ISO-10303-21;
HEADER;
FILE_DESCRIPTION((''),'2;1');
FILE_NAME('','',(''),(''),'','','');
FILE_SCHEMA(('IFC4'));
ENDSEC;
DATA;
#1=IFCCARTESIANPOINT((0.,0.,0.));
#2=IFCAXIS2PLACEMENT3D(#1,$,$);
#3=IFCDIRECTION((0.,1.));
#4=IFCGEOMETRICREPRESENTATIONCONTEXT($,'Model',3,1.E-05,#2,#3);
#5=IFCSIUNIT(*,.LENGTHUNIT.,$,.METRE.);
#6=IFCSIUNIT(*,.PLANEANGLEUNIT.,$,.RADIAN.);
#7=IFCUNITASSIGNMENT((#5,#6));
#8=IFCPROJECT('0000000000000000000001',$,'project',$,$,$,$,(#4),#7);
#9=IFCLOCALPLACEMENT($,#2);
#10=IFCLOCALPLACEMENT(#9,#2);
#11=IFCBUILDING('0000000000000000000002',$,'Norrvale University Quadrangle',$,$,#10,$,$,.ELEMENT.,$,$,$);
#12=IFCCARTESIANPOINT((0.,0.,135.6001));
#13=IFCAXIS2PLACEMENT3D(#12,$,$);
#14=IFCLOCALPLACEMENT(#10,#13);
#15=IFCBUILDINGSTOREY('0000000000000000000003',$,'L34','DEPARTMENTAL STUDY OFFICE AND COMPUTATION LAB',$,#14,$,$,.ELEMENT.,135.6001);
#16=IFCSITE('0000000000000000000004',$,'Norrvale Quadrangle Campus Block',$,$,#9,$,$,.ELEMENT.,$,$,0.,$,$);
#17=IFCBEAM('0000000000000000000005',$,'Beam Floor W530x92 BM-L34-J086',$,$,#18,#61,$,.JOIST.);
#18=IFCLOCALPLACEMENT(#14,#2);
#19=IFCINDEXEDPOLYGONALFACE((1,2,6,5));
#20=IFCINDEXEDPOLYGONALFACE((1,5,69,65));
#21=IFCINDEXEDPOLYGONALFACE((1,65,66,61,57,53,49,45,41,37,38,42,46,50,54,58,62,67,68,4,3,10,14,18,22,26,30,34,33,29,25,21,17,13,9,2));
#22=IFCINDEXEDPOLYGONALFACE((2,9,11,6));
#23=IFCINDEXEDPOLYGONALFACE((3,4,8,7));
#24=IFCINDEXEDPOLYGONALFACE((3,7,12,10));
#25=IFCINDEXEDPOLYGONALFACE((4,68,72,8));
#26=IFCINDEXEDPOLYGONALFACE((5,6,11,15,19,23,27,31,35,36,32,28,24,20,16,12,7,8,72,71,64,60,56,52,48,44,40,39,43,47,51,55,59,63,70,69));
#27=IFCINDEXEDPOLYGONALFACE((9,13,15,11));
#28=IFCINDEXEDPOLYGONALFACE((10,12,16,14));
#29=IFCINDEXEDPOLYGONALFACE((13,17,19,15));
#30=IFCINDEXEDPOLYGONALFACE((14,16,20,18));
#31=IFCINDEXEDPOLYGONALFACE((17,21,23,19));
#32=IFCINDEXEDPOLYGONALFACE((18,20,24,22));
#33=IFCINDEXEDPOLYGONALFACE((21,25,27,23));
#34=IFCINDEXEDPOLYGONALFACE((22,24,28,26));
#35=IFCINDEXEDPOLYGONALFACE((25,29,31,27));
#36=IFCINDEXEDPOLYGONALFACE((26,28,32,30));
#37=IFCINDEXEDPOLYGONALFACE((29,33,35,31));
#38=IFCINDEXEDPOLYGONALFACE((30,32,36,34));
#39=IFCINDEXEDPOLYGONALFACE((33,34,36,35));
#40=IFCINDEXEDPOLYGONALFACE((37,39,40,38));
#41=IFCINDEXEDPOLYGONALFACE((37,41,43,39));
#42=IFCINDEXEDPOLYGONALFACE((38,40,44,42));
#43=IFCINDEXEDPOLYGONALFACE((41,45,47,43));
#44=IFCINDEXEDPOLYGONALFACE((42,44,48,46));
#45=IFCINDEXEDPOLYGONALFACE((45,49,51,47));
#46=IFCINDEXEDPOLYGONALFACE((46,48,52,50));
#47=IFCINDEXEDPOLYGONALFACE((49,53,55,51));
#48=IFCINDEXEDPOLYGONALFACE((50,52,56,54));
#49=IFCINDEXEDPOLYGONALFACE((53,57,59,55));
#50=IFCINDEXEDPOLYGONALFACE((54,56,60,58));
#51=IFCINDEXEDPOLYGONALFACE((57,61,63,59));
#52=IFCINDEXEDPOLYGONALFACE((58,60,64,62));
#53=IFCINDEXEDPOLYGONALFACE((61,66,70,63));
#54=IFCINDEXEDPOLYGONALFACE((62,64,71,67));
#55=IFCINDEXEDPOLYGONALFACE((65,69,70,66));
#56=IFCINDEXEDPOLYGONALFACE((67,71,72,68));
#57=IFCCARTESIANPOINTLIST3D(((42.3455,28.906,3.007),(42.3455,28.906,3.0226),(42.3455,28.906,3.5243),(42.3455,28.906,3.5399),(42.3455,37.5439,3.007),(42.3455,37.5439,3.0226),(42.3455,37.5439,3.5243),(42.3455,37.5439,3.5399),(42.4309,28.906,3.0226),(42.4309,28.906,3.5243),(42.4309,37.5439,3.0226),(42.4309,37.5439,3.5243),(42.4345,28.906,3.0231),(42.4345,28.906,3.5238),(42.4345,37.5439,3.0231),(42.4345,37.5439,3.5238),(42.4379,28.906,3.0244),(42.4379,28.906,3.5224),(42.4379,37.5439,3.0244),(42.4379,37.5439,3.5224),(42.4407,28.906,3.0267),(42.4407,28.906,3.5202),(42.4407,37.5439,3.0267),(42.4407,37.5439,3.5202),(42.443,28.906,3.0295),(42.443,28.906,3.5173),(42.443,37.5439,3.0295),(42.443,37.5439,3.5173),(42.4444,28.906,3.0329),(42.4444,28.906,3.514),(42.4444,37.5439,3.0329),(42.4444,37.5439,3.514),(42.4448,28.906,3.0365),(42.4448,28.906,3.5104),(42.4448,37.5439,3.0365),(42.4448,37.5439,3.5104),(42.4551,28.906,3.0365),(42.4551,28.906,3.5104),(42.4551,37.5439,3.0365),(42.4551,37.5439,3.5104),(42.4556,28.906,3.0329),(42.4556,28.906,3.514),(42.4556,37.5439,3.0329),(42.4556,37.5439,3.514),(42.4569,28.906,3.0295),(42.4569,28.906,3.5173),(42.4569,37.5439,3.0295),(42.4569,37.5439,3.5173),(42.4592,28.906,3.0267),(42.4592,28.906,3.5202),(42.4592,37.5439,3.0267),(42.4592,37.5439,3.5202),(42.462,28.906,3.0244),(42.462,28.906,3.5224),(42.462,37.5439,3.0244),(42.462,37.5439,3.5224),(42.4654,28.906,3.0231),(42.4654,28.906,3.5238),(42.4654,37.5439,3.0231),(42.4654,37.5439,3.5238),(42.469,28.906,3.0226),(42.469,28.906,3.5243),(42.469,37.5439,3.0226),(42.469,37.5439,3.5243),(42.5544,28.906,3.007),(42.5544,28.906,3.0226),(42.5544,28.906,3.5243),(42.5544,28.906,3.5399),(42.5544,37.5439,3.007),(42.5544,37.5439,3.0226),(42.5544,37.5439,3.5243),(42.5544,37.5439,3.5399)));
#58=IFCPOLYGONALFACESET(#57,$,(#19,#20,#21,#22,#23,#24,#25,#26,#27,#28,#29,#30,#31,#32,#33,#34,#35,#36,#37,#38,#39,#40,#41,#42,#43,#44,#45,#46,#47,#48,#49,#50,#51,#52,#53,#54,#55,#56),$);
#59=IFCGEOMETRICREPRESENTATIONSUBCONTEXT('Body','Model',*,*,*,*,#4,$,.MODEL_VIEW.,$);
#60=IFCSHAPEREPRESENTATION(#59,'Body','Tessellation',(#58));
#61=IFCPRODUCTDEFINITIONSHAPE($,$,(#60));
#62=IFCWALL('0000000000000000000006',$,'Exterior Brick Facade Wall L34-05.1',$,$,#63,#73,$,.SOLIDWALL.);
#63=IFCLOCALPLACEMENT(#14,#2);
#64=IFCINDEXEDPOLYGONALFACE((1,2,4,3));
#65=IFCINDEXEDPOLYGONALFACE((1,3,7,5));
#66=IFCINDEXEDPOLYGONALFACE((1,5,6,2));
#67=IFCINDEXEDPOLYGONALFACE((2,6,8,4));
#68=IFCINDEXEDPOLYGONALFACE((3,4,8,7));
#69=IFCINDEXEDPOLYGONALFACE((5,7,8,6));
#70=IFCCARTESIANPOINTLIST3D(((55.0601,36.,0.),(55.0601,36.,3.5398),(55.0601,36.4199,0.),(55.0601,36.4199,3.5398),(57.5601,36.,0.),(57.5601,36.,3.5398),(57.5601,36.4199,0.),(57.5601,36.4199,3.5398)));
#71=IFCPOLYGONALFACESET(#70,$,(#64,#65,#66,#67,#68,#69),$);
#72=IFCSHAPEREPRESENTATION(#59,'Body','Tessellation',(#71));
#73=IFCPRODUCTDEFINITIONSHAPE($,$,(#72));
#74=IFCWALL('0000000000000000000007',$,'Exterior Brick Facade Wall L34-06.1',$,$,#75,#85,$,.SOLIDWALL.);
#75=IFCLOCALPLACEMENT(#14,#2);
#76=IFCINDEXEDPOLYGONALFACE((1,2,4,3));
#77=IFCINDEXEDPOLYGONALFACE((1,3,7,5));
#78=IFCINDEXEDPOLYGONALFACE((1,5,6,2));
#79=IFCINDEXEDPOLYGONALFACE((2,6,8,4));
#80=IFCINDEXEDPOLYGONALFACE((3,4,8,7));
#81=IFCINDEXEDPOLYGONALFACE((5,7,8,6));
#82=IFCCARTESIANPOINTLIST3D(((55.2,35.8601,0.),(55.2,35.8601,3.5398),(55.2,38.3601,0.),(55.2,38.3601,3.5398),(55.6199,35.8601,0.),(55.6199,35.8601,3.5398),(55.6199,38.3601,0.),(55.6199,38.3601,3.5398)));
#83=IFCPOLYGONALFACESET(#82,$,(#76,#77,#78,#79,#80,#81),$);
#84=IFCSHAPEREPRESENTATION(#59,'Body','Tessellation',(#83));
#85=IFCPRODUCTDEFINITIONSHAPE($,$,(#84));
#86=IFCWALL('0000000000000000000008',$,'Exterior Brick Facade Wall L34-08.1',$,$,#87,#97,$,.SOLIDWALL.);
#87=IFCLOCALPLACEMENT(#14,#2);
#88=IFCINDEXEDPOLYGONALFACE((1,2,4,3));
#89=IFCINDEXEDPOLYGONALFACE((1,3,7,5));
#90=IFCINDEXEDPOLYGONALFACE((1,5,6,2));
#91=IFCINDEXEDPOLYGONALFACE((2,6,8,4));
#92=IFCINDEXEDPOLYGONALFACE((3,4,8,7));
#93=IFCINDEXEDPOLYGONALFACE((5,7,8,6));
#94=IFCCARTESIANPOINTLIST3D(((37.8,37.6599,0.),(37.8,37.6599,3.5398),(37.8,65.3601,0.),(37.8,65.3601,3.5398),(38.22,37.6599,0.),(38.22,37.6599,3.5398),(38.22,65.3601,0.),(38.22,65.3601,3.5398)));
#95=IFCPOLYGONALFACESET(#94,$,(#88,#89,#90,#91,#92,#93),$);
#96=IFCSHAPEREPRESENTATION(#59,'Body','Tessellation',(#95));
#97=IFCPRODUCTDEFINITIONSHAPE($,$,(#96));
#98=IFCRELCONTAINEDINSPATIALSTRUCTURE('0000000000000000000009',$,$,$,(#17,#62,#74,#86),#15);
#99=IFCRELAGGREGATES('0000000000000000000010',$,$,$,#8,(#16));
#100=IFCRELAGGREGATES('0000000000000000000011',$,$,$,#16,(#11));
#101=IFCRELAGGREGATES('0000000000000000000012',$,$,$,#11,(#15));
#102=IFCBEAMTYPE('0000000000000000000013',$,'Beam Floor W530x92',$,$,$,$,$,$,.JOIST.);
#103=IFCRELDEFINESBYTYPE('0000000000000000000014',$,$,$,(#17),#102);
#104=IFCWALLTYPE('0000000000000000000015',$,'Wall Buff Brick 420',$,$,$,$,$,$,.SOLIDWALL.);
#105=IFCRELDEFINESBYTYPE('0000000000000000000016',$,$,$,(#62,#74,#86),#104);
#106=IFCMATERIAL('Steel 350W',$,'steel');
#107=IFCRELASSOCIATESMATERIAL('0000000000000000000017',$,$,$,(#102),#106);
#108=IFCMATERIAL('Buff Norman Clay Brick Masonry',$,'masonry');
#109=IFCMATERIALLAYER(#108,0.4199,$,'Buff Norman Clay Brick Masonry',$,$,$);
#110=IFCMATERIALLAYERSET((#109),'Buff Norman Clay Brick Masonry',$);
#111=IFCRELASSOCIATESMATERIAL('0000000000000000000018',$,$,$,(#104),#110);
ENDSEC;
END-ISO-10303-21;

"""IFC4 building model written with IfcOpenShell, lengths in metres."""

from ifc_helpers import new_model, si_unit, direction, frame, frame_2d, origin, origin_2d, place, context, subcontext, project, spatial, rectangle, i_section, extrude, material, layer, layer_set, material_profile, profile_set, type_object, element, save


model = new_model("IFC4")

# Units and contexts
model_context = context("Model", 3, precision=1e-05, world=origin(), true_north=direction((0.0, 1.0)))
body_context = subcontext(model_context, "Body", "Model", "MODEL_VIEW")
ifc_project = project(units=[si_unit("LENGTHUNIT", "METRE"), si_unit("PLANEANGLEUNIT", "RADIAN")], contexts=[model_context])

# Site, building, storey
site_placement = place(None, origin())
site = spatial("IfcSite", under=ifc_project, at=site_placement, Name="Norrvale Quadrangle Campus Block", CompositionType="ELEMENT", RefElevation=0.0)
building_placement = place(site_placement, origin())
building = spatial("IfcBuilding", under=site, at=building_placement, Name="Norrvale University Quadrangle", CompositionType="ELEMENT")
storey_placement = place(building_placement, frame((0.0, 0.0, 135.6001)))
storey = spatial("IfcBuildingStorey", under=building, at=storey_placement, Name="L34", Description="DEPARTMENTAL STUDY OFFICE AND COMPUTATION LAB", CompositionType="ELEMENT", Elevation=135.6001)

# Beam
ifc_material_1 = material(Name="Steel 350W", Category="steel")
ifc_material_profile_1 = material_profile(ifc_material_1, i_section(OverallWidth=0.209, OverallDepth=0.533, WebThickness=0.0103, FlangeThickness=0.0156, FilletRadius=0.0139, at=origin_2d()), Name="Steel 350W")
ifc_profile_set_1 = profile_set([ifc_material_profile_1], Name="Steel 350W")
beam_type_1 = type_object("IfcBeamType", Name="Beam Floor W530x92", PredefinedType="JOIST", material=ifc_profile_set_1)
for number, where, z_axis, x_axis, name in (
    (1, (42.45, 28.906, 3.2734), (0.0, 1.0, 0.0), (-1.0, 0.0, 0.0), "Beam Floor W530x92 BM-L34-J086"),
):
    element("IfcBeam", number, at=place(storey_placement, frame(where, z_axis=z_axis, x_axis=x_axis)), inside=storey, type_object=beam_type_1, Name=name, PredefinedType="JOIST", context=body_context, shape_type="SweptSolid", body=[
        extrude(i_section(OverallWidth=0.209, OverallDepth=0.533, WebThickness=0.0103, FlangeThickness=0.0156, FilletRadius=0.0139, at=origin_2d()), origin(), (0.0, 0.0, 1.0), 8.6379),
    ])

# Walls
ifc_material_2 = material(Name="Buff Norman Clay Brick Masonry", Category="masonry")
ifc_layer = layer(ifc_material_2, 0.4199, Name="Buff Norman Clay Brick Masonry")
ifc_layer_set = layer_set([ifc_layer], Name="Buff Norman Clay Brick Masonry")
wall_type = type_object("IfcWallType", Name="Wall Buff Brick 420", PredefinedType="SOLIDWALL", material=ifc_layer_set)
for number, where, z_axis, x_axis, name in (
    (2, (57.5601, 36.21, 0.0), (0.0, 0.0, 1.0), (-1.0, 0.0, 0.0), "Exterior Brick Facade Wall L34-05.1"),
    (3, (55.4099, 35.8601, 0.0), (0.0, 0.0, 1.0), (0.0, 1.0, 0.0), "Exterior Brick Facade Wall L34-06.1"),
):
    element("IfcWall", number, at=place(storey_placement, frame(where, z_axis=z_axis, x_axis=x_axis)), inside=storey, type_object=wall_type, Name=name, PredefinedType="SOLIDWALL", context=body_context, shape_type="SweptSolid", body=[
        extrude(rectangle(XDim=2.5, YDim=0.4199, at=frame_2d((1.25, 0.0))), origin(), (0.0, 0.0, 1.0), 3.5398),
    ])
wall_placement = place(storey_placement, frame((38.01, 37.6599, 0.0), z_axis=(0.0, 0.0, 1.0), x_axis=(0.0, 1.0, 0.0)))
element("IfcWall", 4, at=wall_placement, inside=storey, type_object=wall_type, Name="Exterior Brick Facade Wall L34-08.1", PredefinedType="SOLIDWALL", context=body_context, shape_type="SweptSolid", body=[
    extrude(rectangle(XDim=27.7002, YDim=0.4199, at=frame_2d((13.8501, 0.0))), origin(), (0.0, 0.0, 1.0), 3.5398),
])

save(model, "model.ifc")
